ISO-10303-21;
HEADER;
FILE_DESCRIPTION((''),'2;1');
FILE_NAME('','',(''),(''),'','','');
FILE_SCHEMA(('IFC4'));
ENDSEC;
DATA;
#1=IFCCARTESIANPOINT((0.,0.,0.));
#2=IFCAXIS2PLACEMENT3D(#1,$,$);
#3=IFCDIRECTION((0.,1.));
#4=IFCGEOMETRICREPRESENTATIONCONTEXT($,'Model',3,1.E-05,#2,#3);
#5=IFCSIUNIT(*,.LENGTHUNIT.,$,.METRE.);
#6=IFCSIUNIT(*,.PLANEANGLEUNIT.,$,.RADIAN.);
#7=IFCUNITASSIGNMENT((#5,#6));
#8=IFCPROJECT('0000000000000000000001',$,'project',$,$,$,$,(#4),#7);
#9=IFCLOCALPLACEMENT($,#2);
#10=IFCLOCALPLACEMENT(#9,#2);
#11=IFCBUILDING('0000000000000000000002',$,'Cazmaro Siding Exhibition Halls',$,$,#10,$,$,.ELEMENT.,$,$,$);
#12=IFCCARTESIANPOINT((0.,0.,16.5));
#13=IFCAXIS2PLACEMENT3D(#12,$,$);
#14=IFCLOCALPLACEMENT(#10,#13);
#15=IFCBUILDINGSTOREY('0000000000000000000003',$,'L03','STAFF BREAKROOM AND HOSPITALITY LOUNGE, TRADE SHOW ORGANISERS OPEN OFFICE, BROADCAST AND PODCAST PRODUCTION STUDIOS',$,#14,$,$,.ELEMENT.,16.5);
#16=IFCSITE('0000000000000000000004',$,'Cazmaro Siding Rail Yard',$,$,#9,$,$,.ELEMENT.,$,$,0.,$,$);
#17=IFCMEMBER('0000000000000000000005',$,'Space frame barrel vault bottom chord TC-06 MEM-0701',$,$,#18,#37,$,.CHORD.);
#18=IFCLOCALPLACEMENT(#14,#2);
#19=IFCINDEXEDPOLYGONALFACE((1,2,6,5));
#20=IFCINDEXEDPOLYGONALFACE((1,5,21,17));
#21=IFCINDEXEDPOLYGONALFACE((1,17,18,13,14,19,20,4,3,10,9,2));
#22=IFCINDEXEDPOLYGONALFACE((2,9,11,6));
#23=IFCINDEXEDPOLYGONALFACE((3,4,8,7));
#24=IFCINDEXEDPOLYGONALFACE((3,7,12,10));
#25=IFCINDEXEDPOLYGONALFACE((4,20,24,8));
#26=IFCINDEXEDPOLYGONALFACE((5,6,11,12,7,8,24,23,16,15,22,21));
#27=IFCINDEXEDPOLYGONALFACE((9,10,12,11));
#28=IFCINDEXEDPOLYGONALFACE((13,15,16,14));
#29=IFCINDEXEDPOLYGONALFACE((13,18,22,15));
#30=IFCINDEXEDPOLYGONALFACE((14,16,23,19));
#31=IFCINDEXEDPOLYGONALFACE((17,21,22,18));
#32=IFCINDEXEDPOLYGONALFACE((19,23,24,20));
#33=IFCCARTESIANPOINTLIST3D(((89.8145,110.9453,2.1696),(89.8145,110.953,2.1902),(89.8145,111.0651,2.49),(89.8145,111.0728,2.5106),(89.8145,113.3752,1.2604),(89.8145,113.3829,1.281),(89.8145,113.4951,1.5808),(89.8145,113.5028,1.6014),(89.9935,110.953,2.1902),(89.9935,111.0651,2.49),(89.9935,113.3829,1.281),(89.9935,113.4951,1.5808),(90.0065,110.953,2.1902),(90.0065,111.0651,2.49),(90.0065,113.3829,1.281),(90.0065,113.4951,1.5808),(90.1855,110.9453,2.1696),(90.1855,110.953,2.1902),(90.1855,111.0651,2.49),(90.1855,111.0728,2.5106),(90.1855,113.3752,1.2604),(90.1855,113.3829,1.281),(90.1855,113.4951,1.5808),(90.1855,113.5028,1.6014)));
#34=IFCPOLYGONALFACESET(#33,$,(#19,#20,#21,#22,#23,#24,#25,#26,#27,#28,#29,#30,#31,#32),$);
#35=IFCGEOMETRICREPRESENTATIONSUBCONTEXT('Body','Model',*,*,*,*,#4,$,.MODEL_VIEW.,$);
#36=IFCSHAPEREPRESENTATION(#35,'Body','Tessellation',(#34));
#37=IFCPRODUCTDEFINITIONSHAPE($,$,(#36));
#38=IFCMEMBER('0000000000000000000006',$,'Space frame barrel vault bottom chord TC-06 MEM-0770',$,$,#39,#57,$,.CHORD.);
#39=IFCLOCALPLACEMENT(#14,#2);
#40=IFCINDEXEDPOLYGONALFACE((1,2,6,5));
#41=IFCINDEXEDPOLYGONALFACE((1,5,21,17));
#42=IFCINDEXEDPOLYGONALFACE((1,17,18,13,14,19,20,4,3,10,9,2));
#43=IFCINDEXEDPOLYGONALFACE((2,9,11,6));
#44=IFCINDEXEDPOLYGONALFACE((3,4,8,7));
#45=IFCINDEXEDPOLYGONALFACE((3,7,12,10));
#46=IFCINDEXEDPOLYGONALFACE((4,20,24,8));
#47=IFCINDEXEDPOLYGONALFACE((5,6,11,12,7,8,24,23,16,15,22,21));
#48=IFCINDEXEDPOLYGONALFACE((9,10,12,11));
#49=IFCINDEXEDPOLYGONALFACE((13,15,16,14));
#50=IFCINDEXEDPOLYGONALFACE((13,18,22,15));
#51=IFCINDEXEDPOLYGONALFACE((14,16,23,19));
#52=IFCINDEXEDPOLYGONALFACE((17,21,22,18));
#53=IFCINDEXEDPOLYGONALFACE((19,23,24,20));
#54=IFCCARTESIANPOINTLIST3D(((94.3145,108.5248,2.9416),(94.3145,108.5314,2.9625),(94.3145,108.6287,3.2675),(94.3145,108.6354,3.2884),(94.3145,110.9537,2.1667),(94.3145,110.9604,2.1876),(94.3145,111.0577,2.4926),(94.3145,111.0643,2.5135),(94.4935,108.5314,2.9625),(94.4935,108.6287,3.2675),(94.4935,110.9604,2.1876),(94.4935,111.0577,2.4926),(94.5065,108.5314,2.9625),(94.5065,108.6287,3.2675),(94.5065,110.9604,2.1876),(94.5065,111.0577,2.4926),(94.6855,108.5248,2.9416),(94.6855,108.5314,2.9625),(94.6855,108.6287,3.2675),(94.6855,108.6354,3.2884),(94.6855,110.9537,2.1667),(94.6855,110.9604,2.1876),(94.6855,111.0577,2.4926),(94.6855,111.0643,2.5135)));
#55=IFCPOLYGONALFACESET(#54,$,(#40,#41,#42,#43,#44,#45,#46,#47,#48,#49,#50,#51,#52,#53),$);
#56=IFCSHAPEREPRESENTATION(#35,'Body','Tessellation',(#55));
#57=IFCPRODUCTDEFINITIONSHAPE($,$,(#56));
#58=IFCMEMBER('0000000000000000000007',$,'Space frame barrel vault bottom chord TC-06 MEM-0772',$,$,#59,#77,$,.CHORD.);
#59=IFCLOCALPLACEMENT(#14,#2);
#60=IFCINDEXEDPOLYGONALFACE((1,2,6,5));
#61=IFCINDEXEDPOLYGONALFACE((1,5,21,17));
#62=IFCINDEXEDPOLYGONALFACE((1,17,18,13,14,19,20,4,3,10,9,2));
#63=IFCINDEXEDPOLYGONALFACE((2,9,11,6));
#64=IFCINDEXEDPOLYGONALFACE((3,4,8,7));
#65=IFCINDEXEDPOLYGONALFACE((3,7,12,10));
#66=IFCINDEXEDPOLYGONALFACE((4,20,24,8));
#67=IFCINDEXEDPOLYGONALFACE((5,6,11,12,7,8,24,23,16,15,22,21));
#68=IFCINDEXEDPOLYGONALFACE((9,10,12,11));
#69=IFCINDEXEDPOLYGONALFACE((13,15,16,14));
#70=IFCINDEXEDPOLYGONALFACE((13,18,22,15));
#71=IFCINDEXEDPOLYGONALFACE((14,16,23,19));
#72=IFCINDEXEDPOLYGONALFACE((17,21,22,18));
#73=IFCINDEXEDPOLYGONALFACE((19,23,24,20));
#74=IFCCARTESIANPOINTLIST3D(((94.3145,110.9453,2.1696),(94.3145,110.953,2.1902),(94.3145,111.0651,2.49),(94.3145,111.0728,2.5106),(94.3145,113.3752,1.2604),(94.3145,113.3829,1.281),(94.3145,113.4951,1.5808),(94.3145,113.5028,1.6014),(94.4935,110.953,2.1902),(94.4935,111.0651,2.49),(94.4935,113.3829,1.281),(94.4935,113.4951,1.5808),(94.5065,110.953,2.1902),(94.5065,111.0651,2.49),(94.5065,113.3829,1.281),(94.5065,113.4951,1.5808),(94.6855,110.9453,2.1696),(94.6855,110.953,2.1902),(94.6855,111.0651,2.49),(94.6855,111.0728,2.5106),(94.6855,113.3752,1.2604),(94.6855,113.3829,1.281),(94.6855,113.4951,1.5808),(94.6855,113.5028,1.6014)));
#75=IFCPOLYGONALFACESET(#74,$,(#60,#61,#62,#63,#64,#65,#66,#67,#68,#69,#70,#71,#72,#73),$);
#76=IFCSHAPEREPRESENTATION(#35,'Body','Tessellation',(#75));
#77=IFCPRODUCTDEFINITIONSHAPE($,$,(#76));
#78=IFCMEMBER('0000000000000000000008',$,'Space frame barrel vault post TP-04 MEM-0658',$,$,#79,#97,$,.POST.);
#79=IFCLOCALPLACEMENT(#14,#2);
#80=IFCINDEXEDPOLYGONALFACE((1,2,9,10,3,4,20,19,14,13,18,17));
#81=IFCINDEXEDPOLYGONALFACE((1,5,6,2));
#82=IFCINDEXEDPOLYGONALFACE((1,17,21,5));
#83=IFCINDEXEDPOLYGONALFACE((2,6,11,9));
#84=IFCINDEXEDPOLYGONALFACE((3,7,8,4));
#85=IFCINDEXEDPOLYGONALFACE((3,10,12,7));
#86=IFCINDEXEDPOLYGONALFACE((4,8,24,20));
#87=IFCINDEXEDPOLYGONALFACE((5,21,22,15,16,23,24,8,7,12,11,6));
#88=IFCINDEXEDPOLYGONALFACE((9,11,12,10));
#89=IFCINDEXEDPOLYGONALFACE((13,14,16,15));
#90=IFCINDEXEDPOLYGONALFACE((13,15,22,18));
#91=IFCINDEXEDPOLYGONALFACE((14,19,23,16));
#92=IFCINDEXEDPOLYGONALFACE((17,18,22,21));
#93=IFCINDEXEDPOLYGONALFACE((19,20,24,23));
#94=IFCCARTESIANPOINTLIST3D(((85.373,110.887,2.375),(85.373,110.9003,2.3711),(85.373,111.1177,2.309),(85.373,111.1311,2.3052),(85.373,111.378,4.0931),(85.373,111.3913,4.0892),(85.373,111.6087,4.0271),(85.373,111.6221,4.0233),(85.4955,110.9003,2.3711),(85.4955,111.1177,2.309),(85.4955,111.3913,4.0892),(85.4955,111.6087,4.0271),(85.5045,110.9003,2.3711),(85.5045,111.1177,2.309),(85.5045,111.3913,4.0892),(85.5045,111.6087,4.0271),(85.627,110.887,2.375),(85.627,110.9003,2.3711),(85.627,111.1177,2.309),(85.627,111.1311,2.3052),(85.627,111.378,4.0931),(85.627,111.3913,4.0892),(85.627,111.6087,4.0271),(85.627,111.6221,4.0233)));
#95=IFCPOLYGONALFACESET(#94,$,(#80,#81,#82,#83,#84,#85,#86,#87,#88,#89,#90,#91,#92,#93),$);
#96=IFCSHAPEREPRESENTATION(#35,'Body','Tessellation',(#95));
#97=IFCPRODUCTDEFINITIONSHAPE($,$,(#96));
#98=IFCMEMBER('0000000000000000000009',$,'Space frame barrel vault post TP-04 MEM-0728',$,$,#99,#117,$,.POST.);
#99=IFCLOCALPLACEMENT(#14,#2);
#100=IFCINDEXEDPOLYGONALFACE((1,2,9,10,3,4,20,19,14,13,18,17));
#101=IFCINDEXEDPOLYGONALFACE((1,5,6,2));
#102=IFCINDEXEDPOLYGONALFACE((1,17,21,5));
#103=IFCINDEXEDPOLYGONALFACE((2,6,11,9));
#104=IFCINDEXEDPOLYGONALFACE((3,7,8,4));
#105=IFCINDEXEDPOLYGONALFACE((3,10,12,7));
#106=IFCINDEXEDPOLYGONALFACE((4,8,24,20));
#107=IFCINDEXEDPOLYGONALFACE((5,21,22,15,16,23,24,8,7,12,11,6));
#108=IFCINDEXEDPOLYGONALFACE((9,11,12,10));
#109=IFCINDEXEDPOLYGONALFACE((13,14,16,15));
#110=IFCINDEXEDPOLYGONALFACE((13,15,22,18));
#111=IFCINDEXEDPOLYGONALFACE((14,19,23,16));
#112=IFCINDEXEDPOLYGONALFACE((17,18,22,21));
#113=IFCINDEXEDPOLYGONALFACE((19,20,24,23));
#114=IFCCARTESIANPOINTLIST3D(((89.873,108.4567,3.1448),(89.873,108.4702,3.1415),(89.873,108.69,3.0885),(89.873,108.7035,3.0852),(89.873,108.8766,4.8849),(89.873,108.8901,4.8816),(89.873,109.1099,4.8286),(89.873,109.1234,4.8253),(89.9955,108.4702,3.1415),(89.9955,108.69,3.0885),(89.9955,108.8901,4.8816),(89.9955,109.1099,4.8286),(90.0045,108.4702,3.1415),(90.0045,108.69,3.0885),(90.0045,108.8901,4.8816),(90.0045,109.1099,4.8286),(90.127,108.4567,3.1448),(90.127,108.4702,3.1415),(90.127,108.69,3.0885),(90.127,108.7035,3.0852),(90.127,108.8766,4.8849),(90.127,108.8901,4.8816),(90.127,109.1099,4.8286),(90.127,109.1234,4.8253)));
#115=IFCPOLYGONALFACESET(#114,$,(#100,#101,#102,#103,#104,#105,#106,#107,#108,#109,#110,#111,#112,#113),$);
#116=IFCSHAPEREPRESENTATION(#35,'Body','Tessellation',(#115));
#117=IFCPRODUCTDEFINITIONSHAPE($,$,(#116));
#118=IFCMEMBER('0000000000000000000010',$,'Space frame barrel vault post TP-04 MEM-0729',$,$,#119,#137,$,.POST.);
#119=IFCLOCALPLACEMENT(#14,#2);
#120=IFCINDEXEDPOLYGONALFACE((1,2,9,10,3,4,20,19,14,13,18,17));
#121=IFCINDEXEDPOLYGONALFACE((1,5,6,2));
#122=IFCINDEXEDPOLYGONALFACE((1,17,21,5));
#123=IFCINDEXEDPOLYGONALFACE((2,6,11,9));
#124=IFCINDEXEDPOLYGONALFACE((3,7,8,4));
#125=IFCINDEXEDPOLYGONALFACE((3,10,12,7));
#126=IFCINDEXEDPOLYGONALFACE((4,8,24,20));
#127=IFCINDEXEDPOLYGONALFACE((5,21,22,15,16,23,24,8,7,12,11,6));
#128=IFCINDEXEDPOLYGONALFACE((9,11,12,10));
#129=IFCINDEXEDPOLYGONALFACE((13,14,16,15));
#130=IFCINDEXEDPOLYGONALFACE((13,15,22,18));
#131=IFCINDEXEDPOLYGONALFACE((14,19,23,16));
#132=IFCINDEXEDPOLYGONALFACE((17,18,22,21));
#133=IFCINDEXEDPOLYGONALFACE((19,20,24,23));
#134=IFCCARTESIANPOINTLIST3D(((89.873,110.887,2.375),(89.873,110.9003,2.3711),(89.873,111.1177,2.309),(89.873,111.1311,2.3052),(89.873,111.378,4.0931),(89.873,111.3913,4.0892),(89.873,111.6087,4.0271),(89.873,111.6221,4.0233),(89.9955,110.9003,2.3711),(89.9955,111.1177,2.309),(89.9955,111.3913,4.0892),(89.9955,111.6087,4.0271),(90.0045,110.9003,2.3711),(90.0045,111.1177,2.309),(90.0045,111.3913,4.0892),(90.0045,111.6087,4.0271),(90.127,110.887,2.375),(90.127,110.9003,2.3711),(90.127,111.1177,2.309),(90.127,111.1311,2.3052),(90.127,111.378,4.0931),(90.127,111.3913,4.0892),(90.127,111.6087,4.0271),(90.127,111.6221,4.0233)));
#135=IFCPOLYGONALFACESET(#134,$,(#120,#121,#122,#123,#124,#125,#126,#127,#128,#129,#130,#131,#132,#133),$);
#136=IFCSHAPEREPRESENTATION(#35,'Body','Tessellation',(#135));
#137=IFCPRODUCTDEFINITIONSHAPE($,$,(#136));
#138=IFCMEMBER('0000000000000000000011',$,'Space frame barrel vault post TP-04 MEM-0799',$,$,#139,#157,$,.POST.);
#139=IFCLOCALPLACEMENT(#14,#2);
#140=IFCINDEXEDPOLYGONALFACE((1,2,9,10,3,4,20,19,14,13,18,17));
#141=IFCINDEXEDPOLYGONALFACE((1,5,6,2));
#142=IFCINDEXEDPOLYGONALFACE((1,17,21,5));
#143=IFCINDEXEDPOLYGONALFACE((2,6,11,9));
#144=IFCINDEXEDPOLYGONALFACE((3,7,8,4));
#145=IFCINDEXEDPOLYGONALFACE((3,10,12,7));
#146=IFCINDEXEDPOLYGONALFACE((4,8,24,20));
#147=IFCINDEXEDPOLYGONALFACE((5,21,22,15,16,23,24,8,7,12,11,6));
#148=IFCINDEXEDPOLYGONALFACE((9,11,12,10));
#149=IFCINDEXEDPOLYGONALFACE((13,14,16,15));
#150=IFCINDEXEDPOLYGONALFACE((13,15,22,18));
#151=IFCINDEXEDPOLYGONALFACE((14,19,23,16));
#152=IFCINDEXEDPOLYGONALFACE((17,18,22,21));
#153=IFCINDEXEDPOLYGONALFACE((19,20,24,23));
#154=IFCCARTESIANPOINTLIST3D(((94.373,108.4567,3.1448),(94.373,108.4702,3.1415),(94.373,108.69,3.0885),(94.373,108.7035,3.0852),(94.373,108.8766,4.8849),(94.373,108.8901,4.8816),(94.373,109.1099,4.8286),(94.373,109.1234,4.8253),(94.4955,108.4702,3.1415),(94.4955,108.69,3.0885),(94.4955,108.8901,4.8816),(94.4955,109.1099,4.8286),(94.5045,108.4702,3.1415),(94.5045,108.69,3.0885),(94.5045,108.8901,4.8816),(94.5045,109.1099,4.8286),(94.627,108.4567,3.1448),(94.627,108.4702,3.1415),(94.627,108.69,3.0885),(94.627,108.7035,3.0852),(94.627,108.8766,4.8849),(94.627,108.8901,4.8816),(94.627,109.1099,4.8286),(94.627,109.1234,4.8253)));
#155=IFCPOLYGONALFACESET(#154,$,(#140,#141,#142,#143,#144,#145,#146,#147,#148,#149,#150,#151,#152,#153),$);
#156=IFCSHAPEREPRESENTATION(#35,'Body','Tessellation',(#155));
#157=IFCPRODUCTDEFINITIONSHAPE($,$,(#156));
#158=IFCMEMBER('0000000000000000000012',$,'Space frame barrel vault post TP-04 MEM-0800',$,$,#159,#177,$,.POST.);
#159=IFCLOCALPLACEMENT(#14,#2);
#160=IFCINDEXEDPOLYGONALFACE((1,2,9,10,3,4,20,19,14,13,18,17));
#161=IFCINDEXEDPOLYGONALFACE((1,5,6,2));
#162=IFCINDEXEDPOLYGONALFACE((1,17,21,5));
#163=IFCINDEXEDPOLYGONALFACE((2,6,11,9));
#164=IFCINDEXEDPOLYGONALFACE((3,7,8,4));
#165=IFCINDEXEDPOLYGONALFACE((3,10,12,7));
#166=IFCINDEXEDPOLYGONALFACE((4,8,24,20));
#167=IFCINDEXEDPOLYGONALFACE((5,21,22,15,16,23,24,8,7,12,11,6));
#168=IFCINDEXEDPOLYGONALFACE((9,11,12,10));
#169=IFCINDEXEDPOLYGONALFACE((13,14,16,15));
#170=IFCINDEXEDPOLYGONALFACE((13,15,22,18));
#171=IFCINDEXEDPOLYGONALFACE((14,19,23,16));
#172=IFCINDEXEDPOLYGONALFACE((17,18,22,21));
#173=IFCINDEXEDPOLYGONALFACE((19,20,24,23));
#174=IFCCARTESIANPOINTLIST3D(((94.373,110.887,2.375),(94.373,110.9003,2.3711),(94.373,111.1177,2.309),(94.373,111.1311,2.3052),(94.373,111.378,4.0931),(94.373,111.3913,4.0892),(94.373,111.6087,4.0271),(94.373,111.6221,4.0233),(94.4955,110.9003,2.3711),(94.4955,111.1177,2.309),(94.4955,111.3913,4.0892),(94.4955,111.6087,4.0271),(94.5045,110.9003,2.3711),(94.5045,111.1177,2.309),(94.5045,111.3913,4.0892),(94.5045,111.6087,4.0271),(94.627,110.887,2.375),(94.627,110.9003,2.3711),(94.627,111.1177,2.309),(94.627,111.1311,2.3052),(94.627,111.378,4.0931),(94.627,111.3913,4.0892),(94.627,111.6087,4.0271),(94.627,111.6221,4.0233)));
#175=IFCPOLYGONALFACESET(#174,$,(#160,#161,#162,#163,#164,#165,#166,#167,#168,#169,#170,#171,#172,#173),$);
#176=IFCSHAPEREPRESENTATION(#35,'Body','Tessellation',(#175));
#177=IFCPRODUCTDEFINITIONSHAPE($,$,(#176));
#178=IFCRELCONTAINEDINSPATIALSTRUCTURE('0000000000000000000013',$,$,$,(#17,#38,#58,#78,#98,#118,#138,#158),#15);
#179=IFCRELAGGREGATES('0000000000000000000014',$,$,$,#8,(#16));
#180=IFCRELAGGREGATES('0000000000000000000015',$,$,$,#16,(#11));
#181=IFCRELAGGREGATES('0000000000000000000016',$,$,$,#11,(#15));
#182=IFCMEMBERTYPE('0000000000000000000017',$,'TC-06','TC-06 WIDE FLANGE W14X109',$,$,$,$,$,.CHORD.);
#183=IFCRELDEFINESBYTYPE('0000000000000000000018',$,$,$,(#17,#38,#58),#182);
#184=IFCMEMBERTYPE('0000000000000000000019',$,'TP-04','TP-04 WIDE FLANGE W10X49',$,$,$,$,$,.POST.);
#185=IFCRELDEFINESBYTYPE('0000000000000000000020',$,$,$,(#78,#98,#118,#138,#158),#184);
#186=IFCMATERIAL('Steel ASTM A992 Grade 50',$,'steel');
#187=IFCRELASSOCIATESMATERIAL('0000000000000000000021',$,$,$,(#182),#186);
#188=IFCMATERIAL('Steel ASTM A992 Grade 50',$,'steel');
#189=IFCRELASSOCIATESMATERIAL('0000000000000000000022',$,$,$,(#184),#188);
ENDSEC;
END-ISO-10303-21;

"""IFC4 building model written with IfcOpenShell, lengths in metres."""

from ifc_helpers import new_model, si_unit, direction, frame, origin, origin_2d, place, context, subcontext, project, spatial, i_section, extrude, material, material_profile, profile_set, type_object, element, save


model = new_model("IFC4")

# Units and contexts
model_context = context("Model", 3, precision=1e-05, world=origin(), true_north=direction((0.0, 1.0)))
body_context = subcontext(model_context, "Body", "Model", "MODEL_VIEW")
ifc_project = project(units=[si_unit("LENGTHUNIT", "METRE"), si_unit("PLANEANGLEUNIT", "RADIAN")], contexts=[model_context])

# Site, building, storey
site_placement = place(None, origin())
site = spatial("IfcSite", under=ifc_project, at=site_placement, Name="Cazmaro Siding Rail Yard", CompositionType="ELEMENT", RefElevation=0.0)
building_placement = place(site_placement, origin())
building = spatial("IfcBuilding", under=site, at=building_placement, Name="Cazmaro Siding Exhibition Halls", CompositionType="ELEMENT")
storey_placement = place(building_placement, frame((0.0, 0.0, 16.5)))
storey = spatial("IfcBuildingStorey", under=building, at=storey_placement, Name="L03", Description="STAFF BREAKROOM AND HOSPITALITY LOUNGE, TRADE SHOW ORGANISERS OPEN OFFICE, BROADCAST AND PODCAST PRODUCTION STUDIOS", CompositionType="ELEMENT", Elevation=16.5)

# Members
ifc_material_1 = material(Name="Steel ASTM A992 Grade 50", Category="steel")
ifc_material_profile_1 = material_profile(ifc_material_1, i_section(OverallWidth=0.3711, OverallDepth=0.364, WebThickness=0.0129, FlangeThickness=0.022, at=origin_2d()), Name="W14X109")
ifc_profile_set_1 = profile_set([ifc_material_profile_1], Name="Steel ASTM A992 Grade 50")
member_type_1 = type_object("IfcMemberType", Name="TC-06", Description="TC-06 WIDE FLANGE W14X109", PredefinedType="CHORD", material=ifc_profile_set_1)
member_1_placement = place(storey_placement, frame((90.0, 111.009, 2.3401), z_axis=(0.0, 0.936588, -0.350432), x_axis=(-1.0, 0.0, 0.0)))
element("IfcMember", 1, at=member_1_placement, inside=storey, type_object=member_type_1, Name="Space frame barrel vault bottom chord TC-06 MEM-0701", PredefinedType="CHORD", context=body_context, shape_type="SweptSolid", body=[
    extrude(i_section(OverallWidth=0.3711, OverallDepth=0.364, WebThickness=0.0129, FlangeThickness=0.022, at=origin_2d()), origin(), (0.0, 0.0, 1.0), 2.5945),
])
member_2_placement = place(storey_placement, frame((94.5, 108.5801, 3.115), z_axis=(0.0, 0.952693, -0.303935), x_axis=(-1.0, 0.0, 0.0)))
element("IfcMember", 2, at=member_2_placement, inside=storey, type_object=member_type_1, Name="Space frame barrel vault bottom chord TC-06 MEM-0770", PredefinedType="CHORD", context=body_context, shape_type="SweptSolid", body=[
    extrude(i_section(OverallWidth=0.3711, OverallDepth=0.364, WebThickness=0.0129, FlangeThickness=0.022, at=origin_2d()), origin(), (0.0, 0.0, 1.0), 2.5496),
])
member_3_placement = place(storey_placement, frame((94.5, 111.009, 2.3401), z_axis=(0.0, 0.936588, -0.350432), x_axis=(-1.0, 0.0, 0.0)))
element("IfcMember", 3, at=member_3_placement, inside=storey, type_object=member_type_1, Name="Space frame barrel vault bottom chord TC-06 MEM-0772", PredefinedType="CHORD", context=body_context, shape_type="SweptSolid", body=[
    extrude(i_section(OverallWidth=0.3711, OverallDepth=0.364, WebThickness=0.0129, FlangeThickness=0.022, at=origin_2d()), origin(), (0.0, 0.0, 1.0), 2.5945),
])
ifc_material_2 = material(Name="Steel ASTM A992 Grade 50", Category="steel")
ifc_material_profile_2 = material_profile(ifc_material_2, i_section(OverallWidth=0.2539, OverallDepth=0.2539, WebThickness=0.009, FlangeThickness=0.0139, at=origin_2d()), Name="W10X49")
ifc_profile_set_2 = profile_set([ifc_material_profile_2], Name="Steel ASTM A992 Grade 50")
member_type_2 = type_object("IfcMemberType", Name="TP-04", Description="TP-04 WIDE FLANGE W10X49", PredefinedType="POST", material=ifc_profile_set_2)
member_4_placement = place(storey_placement, frame((85.5, 111.009, 2.3401), z_axis=(0.0, 0.274775, 0.961508), x_axis=(-1.0, 0.0, 0.0)))
element("IfcMember", 4, at=member_4_placement, inside=storey, type_object=member_type_2, Name="Space frame barrel vault post TP-04 MEM-0658", PredefinedType="POST", context=body_context, shape_type="SweptSolid", body=[
    extrude(i_section(OverallWidth=0.2539, OverallDepth=0.2539, WebThickness=0.009, FlangeThickness=0.0139, at=origin_2d()), origin(), (0.0, 0.0, 1.0), 1.7869),
])
member_5_placement = place(storey_placement, frame((90.0, 108.5801, 3.115), z_axis=(0.0, 0.234601, 0.972092), x_axis=(-1.0, 0.0, 0.0)))
element("IfcMember", 5, at=member_5_placement, inside=storey, type_object=member_type_2, Name="Space frame barrel vault post TP-04 MEM-0728", PredefinedType="POST", context=body_context, shape_type="SweptSolid", body=[
    extrude(i_section(OverallWidth=0.2539, OverallDepth=0.2539, WebThickness=0.009, FlangeThickness=0.0139, at=origin_2d()), origin(), (0.0, 0.0, 1.0), 1.79),
])
member_6_placement = place(storey_placement, frame((90.0, 111.009, 2.3401), z_axis=(0.0, 0.274775, 0.961508), x_axis=(-1.0, 0.0, 0.0)))
element("IfcMember", 6, at=member_6_placement, inside=storey, type_object=member_type_2, Name="Space frame barrel vault post TP-04 MEM-0729", PredefinedType="POST", context=body_context, shape_type="SweptSolid", body=[
    extrude(i_section(OverallWidth=0.2539, OverallDepth=0.2539, WebThickness=0.009, FlangeThickness=0.0139, at=origin_2d()), origin(), (0.0, 0.0, 1.0), 1.7869),
])
member_7_placement = place(storey_placement, frame((94.5, 108.5801, 3.115), z_axis=(0.0, 0.234601, 0.972092), x_axis=(-1.0, 0.0, 0.0)))
element("IfcMember", 7, at=member_7_placement, inside=storey, type_object=member_type_2, Name="Space frame barrel vault post TP-04 MEM-0799", PredefinedType="POST", context=body_context, shape_type="SweptSolid", body=[
    extrude(i_section(OverallWidth=0.2539, OverallDepth=0.2539, WebThickness=0.009, FlangeThickness=0.0139, at=origin_2d()), origin(), (0.0, 0.0, 1.0), 1.79),
])
member_8_placement = place(storey_placement, frame((94.5, 111.009, 2.3401), z_axis=(0.0, 0.274775, 0.961508), x_axis=(-1.0, 0.0, 0.0)))
element("IfcMember", 8, at=member_8_placement, inside=storey, type_object=member_type_2, Name="Space frame barrel vault post TP-04 MEM-0800", PredefinedType="POST", context=body_context, shape_type="SweptSolid", body=[
    extrude(i_section(OverallWidth=0.2539, OverallDepth=0.2539, WebThickness=0.009, FlangeThickness=0.0139, at=origin_2d()), origin(), (0.0, 0.0, 1.0), 1.7869),
])

save(model, "model.ifc")
